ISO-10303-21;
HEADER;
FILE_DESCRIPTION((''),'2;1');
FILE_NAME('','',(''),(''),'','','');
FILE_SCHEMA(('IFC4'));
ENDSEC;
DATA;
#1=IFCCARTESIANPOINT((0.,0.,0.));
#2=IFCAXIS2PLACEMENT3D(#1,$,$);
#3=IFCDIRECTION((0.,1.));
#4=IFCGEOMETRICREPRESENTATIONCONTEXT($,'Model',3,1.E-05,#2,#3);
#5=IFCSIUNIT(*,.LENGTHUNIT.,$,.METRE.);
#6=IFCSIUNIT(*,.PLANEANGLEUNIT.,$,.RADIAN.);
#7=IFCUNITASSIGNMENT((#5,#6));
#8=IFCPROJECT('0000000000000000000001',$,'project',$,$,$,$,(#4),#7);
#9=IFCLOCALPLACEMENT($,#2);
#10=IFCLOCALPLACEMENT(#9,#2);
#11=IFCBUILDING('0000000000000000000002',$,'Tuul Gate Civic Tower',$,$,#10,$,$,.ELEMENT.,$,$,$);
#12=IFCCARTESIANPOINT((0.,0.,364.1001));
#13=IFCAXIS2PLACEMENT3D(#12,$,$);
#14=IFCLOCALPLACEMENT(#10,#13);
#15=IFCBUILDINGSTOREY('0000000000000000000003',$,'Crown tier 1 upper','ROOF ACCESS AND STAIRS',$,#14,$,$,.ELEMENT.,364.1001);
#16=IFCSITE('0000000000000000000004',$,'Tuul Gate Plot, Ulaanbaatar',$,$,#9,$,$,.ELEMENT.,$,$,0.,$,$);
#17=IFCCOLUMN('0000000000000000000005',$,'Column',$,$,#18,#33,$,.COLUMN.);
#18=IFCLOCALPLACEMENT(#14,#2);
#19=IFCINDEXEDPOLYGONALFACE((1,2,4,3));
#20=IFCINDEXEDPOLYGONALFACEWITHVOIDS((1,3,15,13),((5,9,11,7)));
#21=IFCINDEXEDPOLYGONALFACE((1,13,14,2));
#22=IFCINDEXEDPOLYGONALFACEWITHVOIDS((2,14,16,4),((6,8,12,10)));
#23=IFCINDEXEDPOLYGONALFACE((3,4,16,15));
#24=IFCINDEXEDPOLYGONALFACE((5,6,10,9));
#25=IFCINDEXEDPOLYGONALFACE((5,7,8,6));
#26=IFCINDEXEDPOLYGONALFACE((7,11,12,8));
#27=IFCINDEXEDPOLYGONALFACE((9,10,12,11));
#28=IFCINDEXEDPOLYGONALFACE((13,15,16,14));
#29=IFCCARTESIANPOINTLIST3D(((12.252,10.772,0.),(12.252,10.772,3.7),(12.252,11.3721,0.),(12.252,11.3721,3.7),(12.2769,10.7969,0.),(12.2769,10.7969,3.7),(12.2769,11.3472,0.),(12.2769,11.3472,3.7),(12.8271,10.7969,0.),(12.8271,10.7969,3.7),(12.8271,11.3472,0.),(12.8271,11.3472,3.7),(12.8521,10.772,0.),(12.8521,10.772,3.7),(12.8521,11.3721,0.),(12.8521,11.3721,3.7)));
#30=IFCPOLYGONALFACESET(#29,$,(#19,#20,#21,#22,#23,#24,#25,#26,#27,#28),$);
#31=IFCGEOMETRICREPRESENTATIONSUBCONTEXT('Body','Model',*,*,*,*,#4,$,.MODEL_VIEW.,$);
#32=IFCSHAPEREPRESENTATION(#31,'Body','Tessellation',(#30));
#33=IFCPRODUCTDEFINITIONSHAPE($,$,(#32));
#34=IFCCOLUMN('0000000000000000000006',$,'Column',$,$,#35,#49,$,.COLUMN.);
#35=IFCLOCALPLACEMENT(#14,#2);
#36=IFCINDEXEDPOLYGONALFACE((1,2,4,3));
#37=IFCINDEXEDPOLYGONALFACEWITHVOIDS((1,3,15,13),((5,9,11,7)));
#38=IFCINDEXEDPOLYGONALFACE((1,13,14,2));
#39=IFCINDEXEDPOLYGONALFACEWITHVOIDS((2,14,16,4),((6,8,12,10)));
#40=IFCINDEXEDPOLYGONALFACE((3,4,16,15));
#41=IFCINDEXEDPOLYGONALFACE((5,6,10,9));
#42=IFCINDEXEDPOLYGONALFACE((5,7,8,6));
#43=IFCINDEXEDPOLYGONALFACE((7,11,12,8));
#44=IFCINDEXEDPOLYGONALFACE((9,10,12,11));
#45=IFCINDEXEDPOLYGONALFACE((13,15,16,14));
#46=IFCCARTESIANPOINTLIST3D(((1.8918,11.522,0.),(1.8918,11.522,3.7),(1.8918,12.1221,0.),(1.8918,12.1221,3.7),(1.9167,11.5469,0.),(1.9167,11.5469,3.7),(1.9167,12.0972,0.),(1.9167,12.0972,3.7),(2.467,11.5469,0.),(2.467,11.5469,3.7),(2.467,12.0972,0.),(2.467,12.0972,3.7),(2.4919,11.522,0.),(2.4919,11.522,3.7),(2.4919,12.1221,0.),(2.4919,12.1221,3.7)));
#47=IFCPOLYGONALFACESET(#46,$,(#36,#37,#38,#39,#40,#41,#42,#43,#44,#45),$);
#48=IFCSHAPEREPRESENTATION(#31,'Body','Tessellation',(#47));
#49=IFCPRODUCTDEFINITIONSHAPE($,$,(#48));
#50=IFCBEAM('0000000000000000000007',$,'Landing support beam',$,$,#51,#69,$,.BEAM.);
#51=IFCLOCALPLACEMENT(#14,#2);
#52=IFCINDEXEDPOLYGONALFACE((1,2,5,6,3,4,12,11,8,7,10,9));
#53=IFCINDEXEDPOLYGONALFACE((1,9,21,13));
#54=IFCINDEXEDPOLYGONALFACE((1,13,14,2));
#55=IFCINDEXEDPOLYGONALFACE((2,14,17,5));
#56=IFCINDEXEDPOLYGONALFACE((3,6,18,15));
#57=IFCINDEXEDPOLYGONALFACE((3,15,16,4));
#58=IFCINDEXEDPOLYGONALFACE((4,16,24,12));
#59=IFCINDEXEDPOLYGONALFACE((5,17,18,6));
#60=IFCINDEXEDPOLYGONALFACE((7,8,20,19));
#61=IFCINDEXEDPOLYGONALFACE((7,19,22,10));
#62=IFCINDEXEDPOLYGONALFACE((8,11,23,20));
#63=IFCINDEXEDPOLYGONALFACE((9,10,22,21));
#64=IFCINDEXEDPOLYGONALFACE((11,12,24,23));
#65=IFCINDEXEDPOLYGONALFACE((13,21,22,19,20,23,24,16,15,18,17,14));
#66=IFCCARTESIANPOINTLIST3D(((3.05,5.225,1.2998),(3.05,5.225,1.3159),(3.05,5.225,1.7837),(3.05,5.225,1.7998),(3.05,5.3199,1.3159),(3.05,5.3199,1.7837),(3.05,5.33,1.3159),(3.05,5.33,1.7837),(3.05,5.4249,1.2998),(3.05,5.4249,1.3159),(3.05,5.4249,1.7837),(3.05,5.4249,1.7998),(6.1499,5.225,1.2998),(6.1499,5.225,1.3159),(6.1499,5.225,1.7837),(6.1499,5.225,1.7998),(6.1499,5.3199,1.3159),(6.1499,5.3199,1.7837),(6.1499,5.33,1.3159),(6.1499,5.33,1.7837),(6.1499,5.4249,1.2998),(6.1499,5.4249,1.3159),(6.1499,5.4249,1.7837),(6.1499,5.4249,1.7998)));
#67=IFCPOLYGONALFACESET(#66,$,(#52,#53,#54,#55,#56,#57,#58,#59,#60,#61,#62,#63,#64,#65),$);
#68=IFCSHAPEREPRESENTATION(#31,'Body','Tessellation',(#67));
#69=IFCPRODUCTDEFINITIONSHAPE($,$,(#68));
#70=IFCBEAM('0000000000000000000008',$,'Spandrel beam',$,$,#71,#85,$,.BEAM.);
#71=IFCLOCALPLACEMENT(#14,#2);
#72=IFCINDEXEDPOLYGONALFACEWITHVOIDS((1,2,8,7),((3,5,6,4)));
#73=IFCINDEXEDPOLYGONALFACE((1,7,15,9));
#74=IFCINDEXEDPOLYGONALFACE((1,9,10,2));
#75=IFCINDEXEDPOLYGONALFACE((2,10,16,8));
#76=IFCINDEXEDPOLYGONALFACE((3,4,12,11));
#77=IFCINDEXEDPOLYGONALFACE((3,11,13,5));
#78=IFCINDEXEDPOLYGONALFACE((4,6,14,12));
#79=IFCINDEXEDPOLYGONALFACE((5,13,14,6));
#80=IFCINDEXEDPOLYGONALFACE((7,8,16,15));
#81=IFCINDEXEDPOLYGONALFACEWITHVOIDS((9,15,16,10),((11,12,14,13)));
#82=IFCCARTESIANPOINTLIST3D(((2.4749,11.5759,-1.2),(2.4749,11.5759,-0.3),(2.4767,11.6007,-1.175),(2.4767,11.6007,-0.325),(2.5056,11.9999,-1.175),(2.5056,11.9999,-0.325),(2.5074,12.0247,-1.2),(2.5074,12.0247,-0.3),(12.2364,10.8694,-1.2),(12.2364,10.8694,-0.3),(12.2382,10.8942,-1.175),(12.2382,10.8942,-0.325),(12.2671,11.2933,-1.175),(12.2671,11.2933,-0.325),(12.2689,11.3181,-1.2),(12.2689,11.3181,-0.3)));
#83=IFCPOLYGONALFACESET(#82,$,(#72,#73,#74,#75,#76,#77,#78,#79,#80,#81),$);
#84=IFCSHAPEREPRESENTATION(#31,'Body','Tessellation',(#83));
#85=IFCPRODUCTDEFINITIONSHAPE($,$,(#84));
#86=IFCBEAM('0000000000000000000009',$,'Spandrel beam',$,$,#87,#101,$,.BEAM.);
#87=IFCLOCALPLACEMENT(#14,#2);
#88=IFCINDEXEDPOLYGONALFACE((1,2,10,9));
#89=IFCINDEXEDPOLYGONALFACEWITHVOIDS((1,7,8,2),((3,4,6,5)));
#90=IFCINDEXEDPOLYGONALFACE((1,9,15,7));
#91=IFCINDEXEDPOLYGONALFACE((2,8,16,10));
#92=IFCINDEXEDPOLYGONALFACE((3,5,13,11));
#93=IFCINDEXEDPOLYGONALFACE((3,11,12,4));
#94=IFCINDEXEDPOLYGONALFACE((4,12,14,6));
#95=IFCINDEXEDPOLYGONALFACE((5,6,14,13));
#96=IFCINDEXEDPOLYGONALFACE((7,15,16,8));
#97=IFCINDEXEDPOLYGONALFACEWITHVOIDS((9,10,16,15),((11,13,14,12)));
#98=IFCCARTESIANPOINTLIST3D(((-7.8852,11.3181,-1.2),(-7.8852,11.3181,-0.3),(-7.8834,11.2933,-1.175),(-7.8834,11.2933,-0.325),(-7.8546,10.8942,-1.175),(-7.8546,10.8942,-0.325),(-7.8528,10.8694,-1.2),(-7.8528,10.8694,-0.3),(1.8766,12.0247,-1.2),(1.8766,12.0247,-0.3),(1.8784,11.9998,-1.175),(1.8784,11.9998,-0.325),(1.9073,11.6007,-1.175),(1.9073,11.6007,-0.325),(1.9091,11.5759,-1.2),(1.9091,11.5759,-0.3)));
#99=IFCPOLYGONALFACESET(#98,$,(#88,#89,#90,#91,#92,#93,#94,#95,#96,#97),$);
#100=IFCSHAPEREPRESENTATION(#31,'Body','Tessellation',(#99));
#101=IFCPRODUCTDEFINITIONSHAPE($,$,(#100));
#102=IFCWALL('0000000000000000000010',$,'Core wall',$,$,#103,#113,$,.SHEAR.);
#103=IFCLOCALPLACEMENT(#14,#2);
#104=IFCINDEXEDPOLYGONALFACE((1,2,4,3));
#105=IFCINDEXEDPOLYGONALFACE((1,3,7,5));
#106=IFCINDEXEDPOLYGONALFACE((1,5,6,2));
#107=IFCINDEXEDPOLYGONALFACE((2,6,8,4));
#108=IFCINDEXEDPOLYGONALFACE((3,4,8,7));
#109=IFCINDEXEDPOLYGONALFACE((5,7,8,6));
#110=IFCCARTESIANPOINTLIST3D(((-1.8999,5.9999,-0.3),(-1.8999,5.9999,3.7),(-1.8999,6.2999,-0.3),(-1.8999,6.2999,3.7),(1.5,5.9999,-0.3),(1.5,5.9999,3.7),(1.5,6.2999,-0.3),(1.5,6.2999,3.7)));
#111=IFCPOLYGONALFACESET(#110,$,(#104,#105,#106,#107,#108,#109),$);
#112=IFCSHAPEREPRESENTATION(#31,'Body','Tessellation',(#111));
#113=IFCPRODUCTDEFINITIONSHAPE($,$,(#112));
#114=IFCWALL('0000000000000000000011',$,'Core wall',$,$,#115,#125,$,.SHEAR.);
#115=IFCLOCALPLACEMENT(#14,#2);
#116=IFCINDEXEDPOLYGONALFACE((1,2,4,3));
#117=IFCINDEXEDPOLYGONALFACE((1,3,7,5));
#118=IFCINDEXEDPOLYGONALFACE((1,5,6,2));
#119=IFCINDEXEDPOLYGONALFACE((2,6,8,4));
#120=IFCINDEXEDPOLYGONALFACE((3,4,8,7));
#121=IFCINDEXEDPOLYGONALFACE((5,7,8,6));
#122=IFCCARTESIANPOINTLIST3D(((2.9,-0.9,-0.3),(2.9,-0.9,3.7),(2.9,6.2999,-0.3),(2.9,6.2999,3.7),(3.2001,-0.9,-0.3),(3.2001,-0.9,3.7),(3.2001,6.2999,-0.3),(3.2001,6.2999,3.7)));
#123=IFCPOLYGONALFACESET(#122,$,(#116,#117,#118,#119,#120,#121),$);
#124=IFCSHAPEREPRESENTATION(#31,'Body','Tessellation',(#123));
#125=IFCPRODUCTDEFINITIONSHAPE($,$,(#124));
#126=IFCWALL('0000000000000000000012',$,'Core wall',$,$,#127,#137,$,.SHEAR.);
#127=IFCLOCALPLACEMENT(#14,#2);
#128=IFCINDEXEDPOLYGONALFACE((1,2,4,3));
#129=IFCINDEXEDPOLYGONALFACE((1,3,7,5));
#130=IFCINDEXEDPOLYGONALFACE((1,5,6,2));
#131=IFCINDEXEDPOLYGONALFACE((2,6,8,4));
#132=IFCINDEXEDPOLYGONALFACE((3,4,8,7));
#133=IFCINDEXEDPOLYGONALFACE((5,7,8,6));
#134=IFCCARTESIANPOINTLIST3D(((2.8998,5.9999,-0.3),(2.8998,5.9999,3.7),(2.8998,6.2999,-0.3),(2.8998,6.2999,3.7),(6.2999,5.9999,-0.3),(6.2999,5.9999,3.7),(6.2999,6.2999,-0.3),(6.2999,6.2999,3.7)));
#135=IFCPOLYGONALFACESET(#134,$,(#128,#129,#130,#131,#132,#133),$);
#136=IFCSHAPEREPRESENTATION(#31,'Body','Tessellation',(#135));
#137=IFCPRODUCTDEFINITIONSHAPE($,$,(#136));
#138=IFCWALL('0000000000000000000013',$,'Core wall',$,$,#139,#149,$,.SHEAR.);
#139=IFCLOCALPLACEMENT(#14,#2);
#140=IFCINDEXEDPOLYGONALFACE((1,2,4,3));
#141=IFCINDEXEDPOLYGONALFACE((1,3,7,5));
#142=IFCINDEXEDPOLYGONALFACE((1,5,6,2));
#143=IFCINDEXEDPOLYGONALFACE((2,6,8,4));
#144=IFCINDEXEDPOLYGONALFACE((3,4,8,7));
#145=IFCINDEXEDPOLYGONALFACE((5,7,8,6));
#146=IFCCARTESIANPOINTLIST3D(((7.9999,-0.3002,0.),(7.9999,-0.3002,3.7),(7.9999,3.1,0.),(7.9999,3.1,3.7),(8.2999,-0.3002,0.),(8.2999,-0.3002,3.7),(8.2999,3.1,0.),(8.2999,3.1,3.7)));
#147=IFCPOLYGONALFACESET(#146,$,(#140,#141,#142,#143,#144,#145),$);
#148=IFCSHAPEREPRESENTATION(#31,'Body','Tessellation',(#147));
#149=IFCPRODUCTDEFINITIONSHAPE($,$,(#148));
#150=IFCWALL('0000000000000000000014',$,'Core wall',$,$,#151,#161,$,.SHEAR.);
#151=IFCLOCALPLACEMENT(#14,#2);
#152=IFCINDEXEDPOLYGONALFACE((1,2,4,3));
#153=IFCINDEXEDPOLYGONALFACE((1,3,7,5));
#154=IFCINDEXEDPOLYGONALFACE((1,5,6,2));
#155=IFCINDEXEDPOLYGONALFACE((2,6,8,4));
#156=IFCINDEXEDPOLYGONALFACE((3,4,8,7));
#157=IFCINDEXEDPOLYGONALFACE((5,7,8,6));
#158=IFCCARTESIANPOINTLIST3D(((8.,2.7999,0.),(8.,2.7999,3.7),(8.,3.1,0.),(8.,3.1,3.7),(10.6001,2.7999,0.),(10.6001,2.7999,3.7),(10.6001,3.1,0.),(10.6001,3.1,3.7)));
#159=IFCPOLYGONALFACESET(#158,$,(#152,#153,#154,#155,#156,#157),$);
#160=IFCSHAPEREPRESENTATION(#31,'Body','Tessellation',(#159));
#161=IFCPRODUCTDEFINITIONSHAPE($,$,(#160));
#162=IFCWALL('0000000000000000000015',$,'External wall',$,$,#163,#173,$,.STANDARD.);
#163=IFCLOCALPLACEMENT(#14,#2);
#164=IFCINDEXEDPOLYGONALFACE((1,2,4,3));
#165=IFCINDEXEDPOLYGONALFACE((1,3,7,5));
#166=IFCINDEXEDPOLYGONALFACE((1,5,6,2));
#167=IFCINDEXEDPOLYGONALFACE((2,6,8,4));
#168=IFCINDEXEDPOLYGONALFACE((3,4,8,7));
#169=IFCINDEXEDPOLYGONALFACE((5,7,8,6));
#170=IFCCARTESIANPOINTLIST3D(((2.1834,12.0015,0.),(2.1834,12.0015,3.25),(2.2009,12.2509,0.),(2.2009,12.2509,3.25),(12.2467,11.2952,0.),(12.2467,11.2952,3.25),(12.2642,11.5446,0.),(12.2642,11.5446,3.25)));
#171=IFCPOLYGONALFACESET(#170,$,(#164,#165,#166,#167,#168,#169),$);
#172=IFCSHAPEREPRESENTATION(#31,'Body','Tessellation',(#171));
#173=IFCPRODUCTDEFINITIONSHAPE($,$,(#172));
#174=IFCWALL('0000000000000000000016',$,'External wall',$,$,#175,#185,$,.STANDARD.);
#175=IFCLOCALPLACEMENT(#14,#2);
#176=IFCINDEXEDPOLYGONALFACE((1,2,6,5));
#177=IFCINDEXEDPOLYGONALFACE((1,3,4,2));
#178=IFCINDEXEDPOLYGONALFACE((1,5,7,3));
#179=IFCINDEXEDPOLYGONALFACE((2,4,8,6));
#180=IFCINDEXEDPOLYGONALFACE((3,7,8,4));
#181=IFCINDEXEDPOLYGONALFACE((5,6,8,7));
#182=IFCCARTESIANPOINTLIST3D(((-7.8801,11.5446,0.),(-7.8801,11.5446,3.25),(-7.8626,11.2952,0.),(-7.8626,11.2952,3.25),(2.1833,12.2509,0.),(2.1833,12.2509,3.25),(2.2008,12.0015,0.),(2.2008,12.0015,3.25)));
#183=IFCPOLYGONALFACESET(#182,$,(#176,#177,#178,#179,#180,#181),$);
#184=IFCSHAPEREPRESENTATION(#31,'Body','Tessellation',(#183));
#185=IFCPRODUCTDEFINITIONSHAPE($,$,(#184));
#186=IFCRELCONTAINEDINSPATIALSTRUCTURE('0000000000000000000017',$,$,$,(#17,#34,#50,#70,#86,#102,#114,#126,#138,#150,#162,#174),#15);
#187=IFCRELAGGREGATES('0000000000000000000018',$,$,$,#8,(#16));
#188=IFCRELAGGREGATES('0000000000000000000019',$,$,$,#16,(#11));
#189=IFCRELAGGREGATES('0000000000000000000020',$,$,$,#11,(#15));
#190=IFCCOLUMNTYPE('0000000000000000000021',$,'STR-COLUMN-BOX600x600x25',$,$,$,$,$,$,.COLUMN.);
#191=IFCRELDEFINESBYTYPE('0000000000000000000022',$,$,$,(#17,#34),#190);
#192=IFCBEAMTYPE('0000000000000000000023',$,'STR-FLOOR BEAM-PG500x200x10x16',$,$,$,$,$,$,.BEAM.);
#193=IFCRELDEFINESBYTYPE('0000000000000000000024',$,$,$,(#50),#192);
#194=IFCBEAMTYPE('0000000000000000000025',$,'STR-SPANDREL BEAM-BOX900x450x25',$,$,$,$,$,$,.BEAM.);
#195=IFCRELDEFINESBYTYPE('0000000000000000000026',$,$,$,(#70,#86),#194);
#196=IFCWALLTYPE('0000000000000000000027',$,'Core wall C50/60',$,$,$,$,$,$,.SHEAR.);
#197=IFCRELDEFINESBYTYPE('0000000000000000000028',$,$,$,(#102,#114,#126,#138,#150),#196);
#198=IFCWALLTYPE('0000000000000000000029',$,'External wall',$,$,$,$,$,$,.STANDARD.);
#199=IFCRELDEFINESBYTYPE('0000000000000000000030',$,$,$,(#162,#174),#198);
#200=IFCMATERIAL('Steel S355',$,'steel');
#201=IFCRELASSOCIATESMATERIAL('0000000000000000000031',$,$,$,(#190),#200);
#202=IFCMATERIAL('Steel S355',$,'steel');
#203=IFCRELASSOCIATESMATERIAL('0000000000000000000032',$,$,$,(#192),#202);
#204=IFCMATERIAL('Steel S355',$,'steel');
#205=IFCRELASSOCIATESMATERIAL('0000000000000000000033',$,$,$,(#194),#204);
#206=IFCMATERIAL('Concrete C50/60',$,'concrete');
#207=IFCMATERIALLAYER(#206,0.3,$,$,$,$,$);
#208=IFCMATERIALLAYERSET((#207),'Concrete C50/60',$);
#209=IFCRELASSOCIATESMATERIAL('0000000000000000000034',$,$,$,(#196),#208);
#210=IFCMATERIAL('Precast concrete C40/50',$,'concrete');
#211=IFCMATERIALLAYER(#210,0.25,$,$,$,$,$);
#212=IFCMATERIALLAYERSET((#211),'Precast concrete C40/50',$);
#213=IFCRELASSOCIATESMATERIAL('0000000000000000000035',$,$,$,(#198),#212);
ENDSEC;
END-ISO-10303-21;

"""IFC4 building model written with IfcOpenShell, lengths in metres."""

from ifc_helpers import new_model, si_unit, direction, frame, frame_2d, origin, origin_2d, place, context, subcontext, project, spatial, rectangle, hollow_rectangle, i_section, extrude, material, layer, layer_set, material_profile, profile_set, type_object, element, save


model = new_model("IFC4")

# Units and contexts
model_context = context("Model", 3, precision=1e-05, world=origin(), true_north=direction((0.0, 1.0)))
body_context = subcontext(model_context, "Body", "Model", "MODEL_VIEW")
ifc_project = project(units=[si_unit("LENGTHUNIT", "METRE"), si_unit("PLANEANGLEUNIT", "RADIAN")], contexts=[model_context])

# Site, building, storey
site_placement = place(None, origin())
site = spatial("IfcSite", under=ifc_project, at=site_placement, Name="Tuul Gate Plot, Ulaanbaatar", CompositionType="ELEMENT", RefElevation=0.0)
building_placement = place(site_placement, origin())
building = spatial("IfcBuilding", under=site, at=building_placement, Name="Tuul Gate Civic Tower", CompositionType="ELEMENT")
storey_placement = place(building_placement, frame((0.0, 0.0, 364.1001)))
storey = spatial("IfcBuildingStorey", under=building, at=storey_placement, Name="Crown tier 1 upper", Description="ROOF ACCESS AND STAIRS", CompositionType="ELEMENT", Elevation=364.1001)

# Columns
ifc_material_1 = material(Name="Steel S355", Category="steel")
ifc_material_profile_1 = material_profile(ifc_material_1, hollow_rectangle(XDim=0.6001, YDim=0.6001, WallThickness=0.0249, at=origin_2d()), Name="BOX600x600x25")
ifc_profile_set_1 = profile_set([ifc_material_profile_1], Name="Steel S355")
column_type = type_object("IfcColumnType", Name="STR-COLUMN-BOX600x600x25", PredefinedType="COLUMN", material=ifc_profile_set_1)
for number, where, z_axis, x_axis, name in (
    (1, (12.552, 11.072, 0.0), (0.0, 0.0, 1.0), (1.0, 0.0, 0.0), "Column"),
    (2, (2.1919, 11.822, 0.0), (0.0, 0.0, 1.0), (1.0, 0.0, 0.0), "Column"),
):
    element("IfcColumn", number, at=place(storey_placement, frame(where, z_axis=z_axis, x_axis=x_axis)), inside=storey, type_object=column_type, Name=name, PredefinedType="COLUMN", context=body_context, shape_type="SweptSolid", body=[
        extrude(hollow_rectangle(XDim=0.6001, YDim=0.6001, WallThickness=0.0249, at=origin_2d()), origin(), (0.0, 0.0, 1.0), 3.7),
    ])

# Beams
ifc_material_2 = material(Name="Steel S355", Category="steel")
ifc_material_profile_2 = material_profile(ifc_material_2, i_section(OverallWidth=0.2, OverallDepth=0.5, WebThickness=0.01, FlangeThickness=0.0161, at=origin_2d()), Name="PG500x200x10x16")
ifc_profile_set_2 = profile_set([ifc_material_profile_2], Name="Steel S355")
beam_type_1 = type_object("IfcBeamType", Name="STR-FLOOR BEAM-PG500x200x10x16", PredefinedType="BEAM", material=ifc_profile_set_2)
beam_1_placement = place(storey_placement, frame((3.05, 5.325, 1.5498), z_axis=(1.0, 0.0, 0.0), x_axis=(0.0, 1.0, 0.0)))
element("IfcBeam", 3, at=beam_1_placement, inside=storey, type_object=beam_type_1, Name="Landing support beam", PredefinedType="BEAM", context=body_context, shape_type="SweptSolid", body=[
    extrude(i_section(OverallWidth=0.2, OverallDepth=0.5, WebThickness=0.01, FlangeThickness=0.0161, at=origin_2d()), origin(), (0.0, 0.0, 1.0), 3.0999),
])
ifc_material_3 = material(Name="Steel S355", Category="steel")
ifc_material_profile_3 = material_profile(ifc_material_3, hollow_rectangle(XDim=0.45, YDim=0.8999, WallThickness=0.0249, at=origin_2d()), Name="BOX900x450x25")
ifc_profile_set_3 = profile_set([ifc_material_profile_3], Name="Steel S355")
beam_type_2 = type_object("IfcBeamType", Name="STR-SPANDREL BEAM-BOX900x450x25", PredefinedType="BEAM", material=ifc_profile_set_3)
beam_2_placement = place(storey_placement, frame((12.2527, 11.0938, -0.75), z_axis=(-0.997391, 0.072192, 0.0), x_axis=(-0.072192, -0.997391, 0.0)))
element("IfcBeam", 4, at=beam_2_placement, inside=storey, type_object=beam_type_2, Name="Spandrel beam", PredefinedType="BEAM", context=body_context, shape_type="SweptSolid", body=[
    extrude(hollow_rectangle(XDim=0.45, YDim=0.8999, WallThickness=0.0249, at=origin_2d()), origin(), (0.0, 0.0, 1.0), 9.7871),
])
beam_3_placement = place(storey_placement, frame((1.8928, 11.8003, -0.75), z_axis=(-0.997391, -0.07219, 0.0), x_axis=(0.07219, -0.997391, 0.0)))
element("IfcBeam", 5, at=beam_3_placement, inside=storey, type_object=beam_type_2, Name="Spandrel beam", PredefinedType="BEAM", context=body_context, shape_type="SweptSolid", body=[
    extrude(hollow_rectangle(XDim=0.45, YDim=0.8999, WallThickness=0.0249, at=origin_2d()), origin(), (0.0, 0.0, 1.0), 9.7874),
])

# Walls
ifc_material_4 = material(Name="Concrete C50/60", Category="concrete")
ifc_layer_1 = layer(ifc_material_4, 0.3)
ifc_layer_set_1 = layer_set([ifc_layer_1], Name="Concrete C50/60")
wall_type_1 = type_object("IfcWallType", Name="Core wall C50/60", PredefinedType="SHEAR", material=ifc_layer_set_1)
wall_1_placement = place(storey_placement, frame((1.5, 6.1499, -0.3), z_axis=(0.0, 0.0, 1.0), x_axis=(-1.0, 0.0, 0.0)))
element("IfcWall", 6, at=wall_1_placement, inside=storey, type_object=wall_type_1, Name="Core wall", PredefinedType="SHEAR", context=body_context, shape_type="SweptSolid", body=[
    extrude(rectangle(XDim=3.3999, YDim=0.3, at=frame_2d((1.7, 0.0))), origin(), (0.0, 0.0, 1.0), 4.0),
])
wall_2_placement = place(storey_placement, frame((3.05, 6.3, -0.3), z_axis=(0.0, 0.0, 1.0), x_axis=(0.0, -1.0, 0.0)))
element("IfcWall", 7, at=wall_2_placement, inside=storey, type_object=wall_type_1, Name="Core wall", PredefinedType="SHEAR", context=body_context, shape_type="SweptSolid", body=[
    extrude(rectangle(XDim=7.2, YDim=0.3, at=frame_2d((3.6001, 0.0))), origin(), (0.0, 0.0, 1.0), 4.0),
])
wall_3_placement = place(storey_placement, frame((6.3, 6.1499, -0.3), z_axis=(0.0, 0.0, 1.0), x_axis=(-1.0, 0.0, 0.0)))
element("IfcWall", 8, at=wall_3_placement, inside=storey, type_object=wall_type_1, Name="Core wall", PredefinedType="SHEAR", context=body_context, shape_type="SweptSolid", body=[
    extrude(rectangle(XDim=3.4001, YDim=0.3, at=frame_2d((1.7002, 0.0))), origin(), (0.0, 0.0, 1.0), 4.0),
])
wall_4_placement = place(storey_placement, frame((8.1499, 3.1001, 0.0), z_axis=(0.0, 0.0, 1.0), x_axis=(0.0, -1.0, 0.0)))
element("IfcWall", 9, at=wall_4_placement, inside=storey, type_object=wall_type_1, Name="Core wall", PredefinedType="SHEAR", context=body_context, shape_type="SweptSolid", body=[
    extrude(rectangle(XDim=3.4001, YDim=0.3, at=frame_2d((1.7002, 0.0))), origin(), (0.0, 0.0, 1.0), 3.7),
])
wall_5_placement = place(storey_placement, frame((10.6001, 2.95, 0.0), z_axis=(0.0, 0.0, 1.0), x_axis=(-1.0, 0.0, 0.0)))
element("IfcWall", 10, at=wall_5_placement, inside=storey, type_object=wall_type_1, Name="Core wall", PredefinedType="SHEAR", context=body_context, shape_type="SweptSolid", body=[
    extrude(rectangle(XDim=2.6001, YDim=0.3, at=frame_2d((1.3, 0.0))), origin(), (0.0, 0.0, 1.0), 3.7),
])
ifc_material_5 = material(Name="Precast concrete C40/50", Category="concrete")
ifc_layer_2 = layer(ifc_material_5, 0.25)
ifc_layer_set_2 = layer_set([ifc_layer_2], Name="Precast concrete C40/50")
wall_type_2 = type_object("IfcWallType", Name="External wall", PredefinedType="STANDARD", material=ifc_layer_set_2)
for number, where, z_axis, x_axis, name in (
    (11, (12.2554, 11.4199, 0.0), (0.0, 0.0, 1.0), (-0.997546, 0.070012, 0.0), "External wall"),
    (12, (2.1919, 12.1262, 0.0), (0.0, 0.0, 1.0), (-0.997546, -0.070012, 0.0), "External wall"),
):
    element("IfcWall", number, at=place(storey_placement, frame(where, z_axis=z_axis, x_axis=x_axis)), inside=storey, type_object=wall_type_2, Name=name, PredefinedType="STANDARD", context=body_context, shape_type="SweptSolid", body=[
        extrude(rectangle(XDim=10.0881, YDim=0.25, at=frame_2d((5.0439, 0.0))), origin(), (0.0, 0.0, 1.0), 3.25),
    ])

save(model, "model.ifc")
